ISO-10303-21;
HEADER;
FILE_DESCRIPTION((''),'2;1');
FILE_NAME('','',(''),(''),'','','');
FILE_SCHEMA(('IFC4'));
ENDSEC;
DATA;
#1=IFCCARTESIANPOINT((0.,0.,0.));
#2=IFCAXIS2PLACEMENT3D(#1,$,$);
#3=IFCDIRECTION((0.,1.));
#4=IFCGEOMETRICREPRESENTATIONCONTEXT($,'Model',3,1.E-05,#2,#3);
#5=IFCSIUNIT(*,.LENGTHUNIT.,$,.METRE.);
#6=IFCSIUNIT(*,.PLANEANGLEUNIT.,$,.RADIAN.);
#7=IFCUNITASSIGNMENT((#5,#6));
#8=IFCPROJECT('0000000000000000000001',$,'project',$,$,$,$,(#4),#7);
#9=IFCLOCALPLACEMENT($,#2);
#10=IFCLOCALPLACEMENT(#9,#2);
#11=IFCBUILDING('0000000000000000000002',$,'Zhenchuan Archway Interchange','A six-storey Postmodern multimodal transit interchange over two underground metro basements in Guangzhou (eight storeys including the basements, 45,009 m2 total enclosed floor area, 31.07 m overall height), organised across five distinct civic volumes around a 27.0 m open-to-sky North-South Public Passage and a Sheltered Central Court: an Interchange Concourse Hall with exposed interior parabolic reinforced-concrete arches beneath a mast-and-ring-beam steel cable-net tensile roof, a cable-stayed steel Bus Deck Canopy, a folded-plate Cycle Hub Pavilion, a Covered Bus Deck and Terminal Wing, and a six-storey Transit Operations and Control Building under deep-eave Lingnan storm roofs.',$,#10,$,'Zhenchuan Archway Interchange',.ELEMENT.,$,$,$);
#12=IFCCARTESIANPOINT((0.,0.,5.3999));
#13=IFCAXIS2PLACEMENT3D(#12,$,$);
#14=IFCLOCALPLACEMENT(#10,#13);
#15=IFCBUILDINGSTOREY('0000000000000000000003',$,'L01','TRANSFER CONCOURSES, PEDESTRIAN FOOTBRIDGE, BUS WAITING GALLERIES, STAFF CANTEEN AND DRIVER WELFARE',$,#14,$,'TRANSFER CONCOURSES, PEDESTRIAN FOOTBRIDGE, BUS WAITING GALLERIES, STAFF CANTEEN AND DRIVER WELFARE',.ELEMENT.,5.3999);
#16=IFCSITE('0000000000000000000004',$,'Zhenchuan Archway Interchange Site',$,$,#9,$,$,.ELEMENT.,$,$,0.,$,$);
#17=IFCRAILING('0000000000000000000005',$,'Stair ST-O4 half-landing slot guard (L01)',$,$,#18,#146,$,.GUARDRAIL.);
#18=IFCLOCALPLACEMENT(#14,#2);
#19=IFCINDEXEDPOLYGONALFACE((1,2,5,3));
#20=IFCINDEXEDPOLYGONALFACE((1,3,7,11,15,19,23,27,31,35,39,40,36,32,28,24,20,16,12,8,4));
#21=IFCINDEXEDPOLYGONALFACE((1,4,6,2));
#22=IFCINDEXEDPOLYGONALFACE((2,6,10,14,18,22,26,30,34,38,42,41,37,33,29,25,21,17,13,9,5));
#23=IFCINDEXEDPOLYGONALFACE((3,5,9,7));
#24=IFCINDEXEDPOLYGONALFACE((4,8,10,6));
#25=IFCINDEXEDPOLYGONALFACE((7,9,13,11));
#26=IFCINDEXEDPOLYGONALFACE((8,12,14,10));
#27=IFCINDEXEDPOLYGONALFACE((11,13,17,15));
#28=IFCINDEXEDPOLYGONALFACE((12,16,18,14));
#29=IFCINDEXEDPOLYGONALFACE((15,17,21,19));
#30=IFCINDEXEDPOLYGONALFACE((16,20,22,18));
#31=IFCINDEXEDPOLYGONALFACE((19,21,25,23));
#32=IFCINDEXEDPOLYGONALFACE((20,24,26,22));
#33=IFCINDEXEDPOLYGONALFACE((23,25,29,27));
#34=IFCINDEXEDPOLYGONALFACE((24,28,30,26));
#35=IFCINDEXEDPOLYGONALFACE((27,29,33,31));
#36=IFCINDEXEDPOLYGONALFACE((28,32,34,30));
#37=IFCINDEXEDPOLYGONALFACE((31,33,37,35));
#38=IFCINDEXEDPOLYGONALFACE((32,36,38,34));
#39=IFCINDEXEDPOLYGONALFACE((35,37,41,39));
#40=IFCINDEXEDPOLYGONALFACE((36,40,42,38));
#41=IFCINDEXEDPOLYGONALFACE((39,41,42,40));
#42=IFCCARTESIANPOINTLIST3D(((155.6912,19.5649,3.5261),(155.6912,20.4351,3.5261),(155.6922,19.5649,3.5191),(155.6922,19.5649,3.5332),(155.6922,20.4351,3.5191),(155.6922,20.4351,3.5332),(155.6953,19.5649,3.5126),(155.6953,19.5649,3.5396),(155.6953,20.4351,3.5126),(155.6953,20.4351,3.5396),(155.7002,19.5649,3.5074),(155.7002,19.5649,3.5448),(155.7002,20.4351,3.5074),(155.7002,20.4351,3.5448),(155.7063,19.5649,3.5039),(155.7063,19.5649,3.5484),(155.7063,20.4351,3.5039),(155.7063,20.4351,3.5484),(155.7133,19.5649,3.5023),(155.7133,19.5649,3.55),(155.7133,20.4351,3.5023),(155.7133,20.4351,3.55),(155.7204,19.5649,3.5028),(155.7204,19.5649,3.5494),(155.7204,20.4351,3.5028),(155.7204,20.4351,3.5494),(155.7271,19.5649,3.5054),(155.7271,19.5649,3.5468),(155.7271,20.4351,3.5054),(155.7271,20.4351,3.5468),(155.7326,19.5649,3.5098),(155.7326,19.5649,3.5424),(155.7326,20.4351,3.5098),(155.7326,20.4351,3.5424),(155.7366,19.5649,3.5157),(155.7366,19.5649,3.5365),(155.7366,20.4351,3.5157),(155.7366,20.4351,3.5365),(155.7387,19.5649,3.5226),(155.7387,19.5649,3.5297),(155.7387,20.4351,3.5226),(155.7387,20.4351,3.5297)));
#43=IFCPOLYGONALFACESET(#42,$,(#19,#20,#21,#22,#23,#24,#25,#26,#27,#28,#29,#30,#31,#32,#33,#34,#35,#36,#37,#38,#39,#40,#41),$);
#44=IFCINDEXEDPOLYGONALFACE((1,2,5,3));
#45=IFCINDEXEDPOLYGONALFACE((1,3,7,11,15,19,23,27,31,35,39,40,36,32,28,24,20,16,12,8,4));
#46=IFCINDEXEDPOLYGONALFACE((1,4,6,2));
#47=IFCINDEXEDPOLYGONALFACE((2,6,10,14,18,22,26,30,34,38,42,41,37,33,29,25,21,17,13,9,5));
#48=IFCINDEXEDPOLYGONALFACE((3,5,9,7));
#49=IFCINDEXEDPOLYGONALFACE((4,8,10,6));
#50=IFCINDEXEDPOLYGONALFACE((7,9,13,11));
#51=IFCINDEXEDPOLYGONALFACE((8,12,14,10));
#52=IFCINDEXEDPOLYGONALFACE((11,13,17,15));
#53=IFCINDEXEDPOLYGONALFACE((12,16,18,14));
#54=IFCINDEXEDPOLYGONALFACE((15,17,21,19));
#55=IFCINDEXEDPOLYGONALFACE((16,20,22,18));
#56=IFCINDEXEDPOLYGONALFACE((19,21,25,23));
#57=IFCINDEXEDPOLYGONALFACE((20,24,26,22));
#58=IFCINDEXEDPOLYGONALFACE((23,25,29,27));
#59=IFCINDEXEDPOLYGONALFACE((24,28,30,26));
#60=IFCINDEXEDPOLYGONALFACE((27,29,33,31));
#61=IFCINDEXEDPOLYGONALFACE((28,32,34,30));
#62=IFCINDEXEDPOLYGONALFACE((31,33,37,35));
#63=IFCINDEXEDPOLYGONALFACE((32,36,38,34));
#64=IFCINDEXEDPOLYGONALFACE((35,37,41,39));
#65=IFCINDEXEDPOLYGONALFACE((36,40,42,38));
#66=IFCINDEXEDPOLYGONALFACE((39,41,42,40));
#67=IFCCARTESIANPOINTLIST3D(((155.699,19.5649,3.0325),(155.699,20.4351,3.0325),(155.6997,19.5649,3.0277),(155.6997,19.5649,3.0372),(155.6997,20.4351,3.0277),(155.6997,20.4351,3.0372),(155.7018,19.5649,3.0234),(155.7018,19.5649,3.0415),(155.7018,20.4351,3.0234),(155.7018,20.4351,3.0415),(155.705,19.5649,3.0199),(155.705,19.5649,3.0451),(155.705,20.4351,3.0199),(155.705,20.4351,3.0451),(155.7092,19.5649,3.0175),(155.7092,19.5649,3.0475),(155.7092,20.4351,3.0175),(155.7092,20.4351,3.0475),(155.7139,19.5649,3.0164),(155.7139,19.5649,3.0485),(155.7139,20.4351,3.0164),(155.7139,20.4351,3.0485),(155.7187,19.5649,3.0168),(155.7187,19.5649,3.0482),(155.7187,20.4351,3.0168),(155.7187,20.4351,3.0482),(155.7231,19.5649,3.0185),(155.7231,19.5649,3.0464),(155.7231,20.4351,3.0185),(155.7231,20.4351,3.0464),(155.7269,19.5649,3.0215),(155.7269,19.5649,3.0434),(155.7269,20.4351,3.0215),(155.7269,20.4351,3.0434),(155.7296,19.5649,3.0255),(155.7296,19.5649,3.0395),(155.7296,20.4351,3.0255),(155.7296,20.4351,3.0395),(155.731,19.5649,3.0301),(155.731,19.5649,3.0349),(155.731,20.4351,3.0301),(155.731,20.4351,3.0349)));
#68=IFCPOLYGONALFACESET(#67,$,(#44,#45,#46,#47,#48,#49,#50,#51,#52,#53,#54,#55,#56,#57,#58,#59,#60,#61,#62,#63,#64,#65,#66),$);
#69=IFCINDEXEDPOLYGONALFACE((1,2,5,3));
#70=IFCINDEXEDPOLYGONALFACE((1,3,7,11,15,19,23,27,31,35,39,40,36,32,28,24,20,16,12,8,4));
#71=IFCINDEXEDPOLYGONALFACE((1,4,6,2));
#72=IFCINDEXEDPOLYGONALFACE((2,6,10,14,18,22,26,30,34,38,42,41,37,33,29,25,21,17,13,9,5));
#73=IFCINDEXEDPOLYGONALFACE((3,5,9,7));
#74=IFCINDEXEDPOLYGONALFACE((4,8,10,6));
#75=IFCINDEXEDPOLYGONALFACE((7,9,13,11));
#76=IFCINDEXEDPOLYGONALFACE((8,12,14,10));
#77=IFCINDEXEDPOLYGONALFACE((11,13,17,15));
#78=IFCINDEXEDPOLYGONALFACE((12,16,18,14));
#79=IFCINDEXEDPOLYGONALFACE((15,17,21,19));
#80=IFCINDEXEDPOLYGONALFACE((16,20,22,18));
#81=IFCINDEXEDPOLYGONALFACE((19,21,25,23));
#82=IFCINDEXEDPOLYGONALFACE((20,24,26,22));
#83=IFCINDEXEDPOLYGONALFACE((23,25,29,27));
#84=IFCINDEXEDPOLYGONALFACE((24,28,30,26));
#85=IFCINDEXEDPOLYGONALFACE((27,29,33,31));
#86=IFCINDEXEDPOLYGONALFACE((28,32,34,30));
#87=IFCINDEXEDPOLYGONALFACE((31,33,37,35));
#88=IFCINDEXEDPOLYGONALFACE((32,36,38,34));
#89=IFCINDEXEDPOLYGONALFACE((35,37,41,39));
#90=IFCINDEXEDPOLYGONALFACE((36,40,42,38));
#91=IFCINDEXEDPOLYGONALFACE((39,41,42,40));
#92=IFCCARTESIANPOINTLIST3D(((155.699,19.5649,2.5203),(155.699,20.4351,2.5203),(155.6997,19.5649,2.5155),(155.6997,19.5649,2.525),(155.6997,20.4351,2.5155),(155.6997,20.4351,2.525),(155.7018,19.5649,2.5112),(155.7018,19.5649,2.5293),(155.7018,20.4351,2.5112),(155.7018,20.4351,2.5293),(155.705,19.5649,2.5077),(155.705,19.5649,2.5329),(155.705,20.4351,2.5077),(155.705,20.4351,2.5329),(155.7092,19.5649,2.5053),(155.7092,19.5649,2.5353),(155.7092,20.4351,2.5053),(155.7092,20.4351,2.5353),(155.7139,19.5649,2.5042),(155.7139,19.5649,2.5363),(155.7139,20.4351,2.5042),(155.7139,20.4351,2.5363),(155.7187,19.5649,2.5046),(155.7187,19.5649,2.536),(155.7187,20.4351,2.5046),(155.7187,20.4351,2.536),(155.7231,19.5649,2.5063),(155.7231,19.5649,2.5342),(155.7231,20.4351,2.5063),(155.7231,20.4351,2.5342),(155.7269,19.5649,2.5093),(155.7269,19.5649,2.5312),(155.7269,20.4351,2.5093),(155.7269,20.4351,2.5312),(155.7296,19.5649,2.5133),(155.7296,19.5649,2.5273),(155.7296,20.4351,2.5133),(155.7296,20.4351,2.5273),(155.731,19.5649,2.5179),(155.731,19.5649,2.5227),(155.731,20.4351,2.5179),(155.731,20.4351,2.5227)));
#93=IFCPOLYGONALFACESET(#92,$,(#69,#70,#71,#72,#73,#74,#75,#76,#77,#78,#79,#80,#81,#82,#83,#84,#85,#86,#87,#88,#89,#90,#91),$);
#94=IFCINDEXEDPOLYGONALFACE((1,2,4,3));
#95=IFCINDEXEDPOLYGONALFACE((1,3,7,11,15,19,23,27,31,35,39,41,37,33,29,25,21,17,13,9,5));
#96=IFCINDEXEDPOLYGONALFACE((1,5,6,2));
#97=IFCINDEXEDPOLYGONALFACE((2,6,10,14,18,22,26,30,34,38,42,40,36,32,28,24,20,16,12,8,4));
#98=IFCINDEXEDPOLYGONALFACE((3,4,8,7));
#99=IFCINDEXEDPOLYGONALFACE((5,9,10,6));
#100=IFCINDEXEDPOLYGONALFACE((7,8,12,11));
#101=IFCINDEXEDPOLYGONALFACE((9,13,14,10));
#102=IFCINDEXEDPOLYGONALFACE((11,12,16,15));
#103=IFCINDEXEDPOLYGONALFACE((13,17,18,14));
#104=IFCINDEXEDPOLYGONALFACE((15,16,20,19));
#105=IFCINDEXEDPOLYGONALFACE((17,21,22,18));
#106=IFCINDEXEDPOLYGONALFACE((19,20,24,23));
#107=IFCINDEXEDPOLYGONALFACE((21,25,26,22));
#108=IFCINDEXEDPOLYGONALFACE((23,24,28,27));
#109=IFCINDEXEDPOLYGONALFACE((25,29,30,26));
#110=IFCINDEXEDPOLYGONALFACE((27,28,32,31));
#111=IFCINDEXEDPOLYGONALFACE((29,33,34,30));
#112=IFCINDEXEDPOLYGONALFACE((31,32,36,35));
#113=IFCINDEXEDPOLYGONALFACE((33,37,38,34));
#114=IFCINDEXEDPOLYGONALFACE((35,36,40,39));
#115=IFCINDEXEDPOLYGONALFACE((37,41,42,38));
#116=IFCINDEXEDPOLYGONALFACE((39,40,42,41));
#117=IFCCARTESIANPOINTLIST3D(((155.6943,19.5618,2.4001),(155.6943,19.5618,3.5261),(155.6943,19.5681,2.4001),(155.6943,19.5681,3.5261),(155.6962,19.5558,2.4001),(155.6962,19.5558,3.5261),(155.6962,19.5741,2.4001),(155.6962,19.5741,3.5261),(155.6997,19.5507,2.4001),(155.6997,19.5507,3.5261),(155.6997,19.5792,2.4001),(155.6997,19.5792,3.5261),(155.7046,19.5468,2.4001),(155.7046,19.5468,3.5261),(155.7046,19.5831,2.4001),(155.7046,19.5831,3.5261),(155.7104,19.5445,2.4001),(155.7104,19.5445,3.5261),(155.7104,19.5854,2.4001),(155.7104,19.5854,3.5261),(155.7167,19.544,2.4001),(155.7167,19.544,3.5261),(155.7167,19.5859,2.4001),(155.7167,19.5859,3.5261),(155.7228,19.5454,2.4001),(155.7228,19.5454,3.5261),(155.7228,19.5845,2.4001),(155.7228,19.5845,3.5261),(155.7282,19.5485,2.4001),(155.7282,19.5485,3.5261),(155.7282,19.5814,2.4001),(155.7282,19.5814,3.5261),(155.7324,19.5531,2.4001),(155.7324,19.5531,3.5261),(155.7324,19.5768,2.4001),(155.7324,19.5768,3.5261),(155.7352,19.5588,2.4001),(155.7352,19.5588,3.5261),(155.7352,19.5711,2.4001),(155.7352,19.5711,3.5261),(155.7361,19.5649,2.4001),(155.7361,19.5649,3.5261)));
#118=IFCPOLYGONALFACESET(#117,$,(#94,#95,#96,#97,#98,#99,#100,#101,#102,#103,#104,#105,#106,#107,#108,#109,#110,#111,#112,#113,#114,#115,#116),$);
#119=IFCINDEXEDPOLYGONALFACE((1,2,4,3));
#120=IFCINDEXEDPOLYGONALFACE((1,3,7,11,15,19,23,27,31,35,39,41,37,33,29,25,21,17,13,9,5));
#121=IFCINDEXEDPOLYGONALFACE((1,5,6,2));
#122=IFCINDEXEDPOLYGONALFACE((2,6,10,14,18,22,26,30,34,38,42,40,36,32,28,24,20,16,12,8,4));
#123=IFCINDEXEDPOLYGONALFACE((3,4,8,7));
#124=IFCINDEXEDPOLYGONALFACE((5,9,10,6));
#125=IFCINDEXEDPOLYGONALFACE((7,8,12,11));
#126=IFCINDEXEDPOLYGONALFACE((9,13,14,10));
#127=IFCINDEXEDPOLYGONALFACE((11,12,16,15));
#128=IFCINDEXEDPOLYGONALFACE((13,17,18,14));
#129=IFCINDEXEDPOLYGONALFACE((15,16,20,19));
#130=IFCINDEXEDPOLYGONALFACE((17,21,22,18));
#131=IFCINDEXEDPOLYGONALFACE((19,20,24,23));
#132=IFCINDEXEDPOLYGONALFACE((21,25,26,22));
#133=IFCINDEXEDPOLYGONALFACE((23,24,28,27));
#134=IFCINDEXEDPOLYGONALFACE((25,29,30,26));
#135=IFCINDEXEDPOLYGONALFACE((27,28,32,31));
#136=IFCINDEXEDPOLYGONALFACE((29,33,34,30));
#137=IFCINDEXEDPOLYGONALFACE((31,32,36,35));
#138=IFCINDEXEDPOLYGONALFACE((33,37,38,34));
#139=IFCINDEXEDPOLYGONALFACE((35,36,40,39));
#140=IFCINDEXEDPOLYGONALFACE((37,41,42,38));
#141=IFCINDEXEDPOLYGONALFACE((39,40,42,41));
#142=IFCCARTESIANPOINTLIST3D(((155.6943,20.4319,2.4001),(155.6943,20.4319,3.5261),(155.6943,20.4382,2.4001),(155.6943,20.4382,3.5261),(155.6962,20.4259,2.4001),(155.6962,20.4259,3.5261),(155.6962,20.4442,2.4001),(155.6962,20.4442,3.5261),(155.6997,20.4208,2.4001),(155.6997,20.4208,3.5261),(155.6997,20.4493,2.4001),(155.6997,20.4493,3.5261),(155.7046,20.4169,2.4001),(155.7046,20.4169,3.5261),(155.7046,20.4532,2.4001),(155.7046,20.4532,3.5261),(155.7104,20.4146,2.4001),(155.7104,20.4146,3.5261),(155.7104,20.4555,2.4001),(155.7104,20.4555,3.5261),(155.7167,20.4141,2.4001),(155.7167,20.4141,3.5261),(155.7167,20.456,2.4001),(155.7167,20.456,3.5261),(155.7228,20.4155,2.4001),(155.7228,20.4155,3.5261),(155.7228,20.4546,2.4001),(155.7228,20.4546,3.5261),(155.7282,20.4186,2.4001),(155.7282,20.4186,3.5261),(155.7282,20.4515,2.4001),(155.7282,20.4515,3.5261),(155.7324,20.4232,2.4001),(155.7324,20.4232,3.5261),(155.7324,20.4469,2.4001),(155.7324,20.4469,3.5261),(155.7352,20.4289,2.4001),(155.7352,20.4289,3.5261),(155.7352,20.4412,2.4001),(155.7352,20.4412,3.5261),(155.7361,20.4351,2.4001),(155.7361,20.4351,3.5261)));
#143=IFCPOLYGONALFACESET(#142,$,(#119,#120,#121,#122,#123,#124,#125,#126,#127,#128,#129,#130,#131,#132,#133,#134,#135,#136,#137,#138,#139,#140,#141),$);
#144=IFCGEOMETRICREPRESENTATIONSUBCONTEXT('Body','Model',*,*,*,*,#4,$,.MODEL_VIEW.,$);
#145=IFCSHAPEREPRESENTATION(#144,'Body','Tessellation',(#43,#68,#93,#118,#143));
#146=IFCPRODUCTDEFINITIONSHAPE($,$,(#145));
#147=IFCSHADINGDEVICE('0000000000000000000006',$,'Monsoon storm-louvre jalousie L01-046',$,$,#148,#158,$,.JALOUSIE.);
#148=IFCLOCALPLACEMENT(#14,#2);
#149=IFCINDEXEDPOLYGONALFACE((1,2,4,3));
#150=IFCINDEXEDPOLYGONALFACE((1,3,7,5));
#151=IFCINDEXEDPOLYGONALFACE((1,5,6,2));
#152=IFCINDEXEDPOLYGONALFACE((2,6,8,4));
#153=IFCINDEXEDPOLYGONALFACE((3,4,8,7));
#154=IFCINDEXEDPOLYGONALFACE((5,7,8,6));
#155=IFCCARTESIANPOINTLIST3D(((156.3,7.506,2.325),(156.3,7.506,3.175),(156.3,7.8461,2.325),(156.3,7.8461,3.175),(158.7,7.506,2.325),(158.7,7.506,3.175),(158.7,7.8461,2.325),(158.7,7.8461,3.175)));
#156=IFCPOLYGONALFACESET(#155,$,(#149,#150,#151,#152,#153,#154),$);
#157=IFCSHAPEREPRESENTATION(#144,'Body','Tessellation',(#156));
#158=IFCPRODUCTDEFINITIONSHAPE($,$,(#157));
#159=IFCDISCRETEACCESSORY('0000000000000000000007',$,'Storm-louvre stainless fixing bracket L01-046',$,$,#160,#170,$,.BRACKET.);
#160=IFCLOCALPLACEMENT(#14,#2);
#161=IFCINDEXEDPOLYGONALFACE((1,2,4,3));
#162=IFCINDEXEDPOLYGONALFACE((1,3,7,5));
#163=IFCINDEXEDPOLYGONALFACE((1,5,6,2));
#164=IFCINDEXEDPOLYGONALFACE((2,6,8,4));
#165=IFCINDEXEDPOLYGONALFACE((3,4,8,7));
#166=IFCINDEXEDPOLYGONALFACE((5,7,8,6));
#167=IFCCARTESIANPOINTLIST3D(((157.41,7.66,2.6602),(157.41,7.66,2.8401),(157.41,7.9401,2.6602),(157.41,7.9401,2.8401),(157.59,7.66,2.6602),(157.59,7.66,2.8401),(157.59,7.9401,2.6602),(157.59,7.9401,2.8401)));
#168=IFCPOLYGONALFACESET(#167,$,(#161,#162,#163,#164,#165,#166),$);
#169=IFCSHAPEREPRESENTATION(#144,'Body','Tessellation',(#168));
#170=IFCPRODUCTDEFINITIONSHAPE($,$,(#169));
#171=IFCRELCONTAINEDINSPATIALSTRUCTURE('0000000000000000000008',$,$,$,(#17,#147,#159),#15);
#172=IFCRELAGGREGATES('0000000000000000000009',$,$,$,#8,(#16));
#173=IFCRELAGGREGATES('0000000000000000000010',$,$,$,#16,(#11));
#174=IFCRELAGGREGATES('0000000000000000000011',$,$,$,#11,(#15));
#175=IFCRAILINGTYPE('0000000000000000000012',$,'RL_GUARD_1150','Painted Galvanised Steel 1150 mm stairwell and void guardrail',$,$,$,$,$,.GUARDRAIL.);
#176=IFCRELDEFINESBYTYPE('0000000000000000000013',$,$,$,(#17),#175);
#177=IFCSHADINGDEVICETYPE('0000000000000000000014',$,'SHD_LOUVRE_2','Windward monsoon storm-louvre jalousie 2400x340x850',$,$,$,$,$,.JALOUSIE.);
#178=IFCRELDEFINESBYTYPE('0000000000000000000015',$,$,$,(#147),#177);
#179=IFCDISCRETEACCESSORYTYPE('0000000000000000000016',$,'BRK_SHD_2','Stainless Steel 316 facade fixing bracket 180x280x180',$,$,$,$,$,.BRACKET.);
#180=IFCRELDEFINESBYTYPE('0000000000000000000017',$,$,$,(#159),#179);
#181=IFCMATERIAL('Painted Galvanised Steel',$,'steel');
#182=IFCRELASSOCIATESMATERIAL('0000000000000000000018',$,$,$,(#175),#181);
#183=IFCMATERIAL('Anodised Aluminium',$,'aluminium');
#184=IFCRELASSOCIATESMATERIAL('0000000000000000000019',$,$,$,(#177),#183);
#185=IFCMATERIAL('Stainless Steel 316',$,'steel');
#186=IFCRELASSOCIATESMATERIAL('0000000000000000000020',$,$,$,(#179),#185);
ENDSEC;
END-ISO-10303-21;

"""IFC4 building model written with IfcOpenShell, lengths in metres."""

from ifc_helpers import new_model, si_unit, direction, frame, origin, origin_2d, place, context, subcontext, project, spatial, rectangle, circle, extrude, material, type_object, element, save


model = new_model("IFC4")

# Units and contexts
model_context = context("Model", 3, precision=1e-05, world=origin(), true_north=direction((0.0, 1.0)))
body_context = subcontext(model_context, "Body", "Model", "MODEL_VIEW")
ifc_project = project(units=[si_unit("LENGTHUNIT", "METRE"), si_unit("PLANEANGLEUNIT", "RADIAN")], contexts=[model_context])

# Site, building, storey
site_placement = place(None, origin())
site = spatial("IfcSite", under=ifc_project, at=site_placement, Name="Zhenchuan Archway Interchange Site", CompositionType="ELEMENT", RefElevation=0.0)
building_placement = place(site_placement, origin())
building = spatial("IfcBuilding", under=site, at=building_placement, Name="Zhenchuan Archway Interchange", Description="A six-storey Postmodern multimodal transit interchange over two underground metro basements in Guangzhou (eight storeys including the basements, 45,009 m2 total enclosed floor area, 31.07 m overall height), organised across five distinct civic volumes around a 27.0 m open-to-sky North-South Public Passage and a Sheltered Central Court: an Interchange Concourse Hall with exposed interior parabolic reinforced-concrete arches beneath a mast-and-ring-beam steel cable-net tensile roof, a cable-stayed steel Bus Deck Canopy, a folded-plate Cycle Hub Pavilion, a Covered Bus Deck and Terminal Wing, and a six-storey Transit Operations and Control Building under deep-eave Lingnan storm roofs.", LongName="Zhenchuan Archway Interchange", CompositionType="ELEMENT")
storey_placement = place(building_placement, frame((0.0, 0.0, 5.3999)))
storey = spatial("IfcBuildingStorey", under=building, at=storey_placement, Name="L01", Description="TRANSFER CONCOURSES, PEDESTRIAN FOOTBRIDGE, BUS WAITING GALLERIES, STAFF CANTEEN AND DRIVER WELFARE", LongName="TRANSFER CONCOURSES, PEDESTRIAN FOOTBRIDGE, BUS WAITING GALLERIES, STAFF CANTEEN AND DRIVER WELFARE", CompositionType="ELEMENT", Elevation=5.3999)

# Shared definitions
ifc_material_1 = material(Name="Anodised Aluminium", Category="aluminium")

# Railing
ifc_material_2 = material(Name="Painted Galvanised Steel", Category="steel")
railing_type_1 = type_object("IfcRailingType", Name="RL_GUARD_1150", Description="Painted Galvanised Steel 1150 mm stairwell and void guardrail", PredefinedType="GUARDRAIL", material=ifc_material_2)
railing_placement = place(storey_placement, frame((155.7151, 19.5649, 2.4001)))
element("IfcRailing", 1, at=railing_placement, inside=storey, type_object=railing_type_1, Name="Stair ST-O4 half-landing slot guard (L01)", PredefinedType="GUARDRAIL", context=body_context, shape_type="SweptSolid", body=[
    extrude(circle(Radius=0.0239, at=origin_2d()), frame((0.0, 0.0, 1.126), z_axis=(0.0, 1.0, 0.0), x_axis=(-1.0, 0.0, 0.0)), (0.0, 0.0, 1.0), 0.8701),
    extrude(circle(Radius=0.0161, at=origin_2d()), frame((0.0, 0.0, 0.6323), z_axis=(0.0, 1.0, 0.0), x_axis=(-1.0, 0.0, 0.0)), (0.0, 0.0, 1.0), 0.8701),
    extrude(circle(Radius=0.0161, at=origin_2d()), frame((0.0, 0.0, 0.1201), z_axis=(0.0, 1.0, 0.0), x_axis=(-1.0, 0.0, 0.0)), (0.0, 0.0, 1.0), 0.8701),
    extrude(circle(Radius=0.021, at=origin_2d()), origin(), (0.0, 0.0, 1.0), 1.126),
    extrude(circle(Radius=0.021, at=origin_2d()), frame((0.0, 0.8701, 0.0)), (0.0, 0.0, 1.0), 1.126),
])

# Shading device
shading_device_type = type_object("IfcShadingDeviceType", Name="SHD_LOUVRE_2", Description="Windward monsoon storm-louvre jalousie 2400x340x850", PredefinedType="JALOUSIE", material=ifc_material_1)
shading_device_placement = place(storey_placement, frame((157.5, 7.676, 2.325), z_axis=(0.0, 0.0, 1.0), x_axis=(-1.0, 0.0, 0.0)))
element("IfcShadingDevice", 2, at=shading_device_placement, inside=storey, type_object=shading_device_type, Name="Monsoon storm-louvre jalousie L01-046", PredefinedType="JALOUSIE", context=body_context, shape_type="SweptSolid", body=[
    extrude(rectangle(XDim=2.3999, YDim=0.3401, at=origin_2d()), origin(), (0.0, 0.0, 1.0), 0.8501),
])

# Discrete accessory
ifc_material_3 = material(Name="Stainless Steel 316", Category="steel")
discrete_accessory_type = type_object("IfcDiscreteAccessoryType", Name="BRK_SHD_2", Description="Stainless Steel 316 facade fixing bracket 180x280x180", PredefinedType="BRACKET", material=ifc_material_3)
discrete_accessory_placement = place(storey_placement, frame((157.5, 7.8, 2.6602), z_axis=(0.0, 0.0, 1.0), x_axis=(-1.0, 0.0, 0.0)))
element("IfcDiscreteAccessory", 3, at=discrete_accessory_placement, inside=storey, type_object=discrete_accessory_type, Name="Storm-louvre stainless fixing bracket L01-046", PredefinedType="BRACKET", context=body_context, shape_type="SweptSolid", body=[
    extrude(rectangle(XDim=0.1799, YDim=0.28, at=origin_2d()), origin(), (0.0, 0.0, 1.0), 0.1799),
])

save(model, "model.ifc")
